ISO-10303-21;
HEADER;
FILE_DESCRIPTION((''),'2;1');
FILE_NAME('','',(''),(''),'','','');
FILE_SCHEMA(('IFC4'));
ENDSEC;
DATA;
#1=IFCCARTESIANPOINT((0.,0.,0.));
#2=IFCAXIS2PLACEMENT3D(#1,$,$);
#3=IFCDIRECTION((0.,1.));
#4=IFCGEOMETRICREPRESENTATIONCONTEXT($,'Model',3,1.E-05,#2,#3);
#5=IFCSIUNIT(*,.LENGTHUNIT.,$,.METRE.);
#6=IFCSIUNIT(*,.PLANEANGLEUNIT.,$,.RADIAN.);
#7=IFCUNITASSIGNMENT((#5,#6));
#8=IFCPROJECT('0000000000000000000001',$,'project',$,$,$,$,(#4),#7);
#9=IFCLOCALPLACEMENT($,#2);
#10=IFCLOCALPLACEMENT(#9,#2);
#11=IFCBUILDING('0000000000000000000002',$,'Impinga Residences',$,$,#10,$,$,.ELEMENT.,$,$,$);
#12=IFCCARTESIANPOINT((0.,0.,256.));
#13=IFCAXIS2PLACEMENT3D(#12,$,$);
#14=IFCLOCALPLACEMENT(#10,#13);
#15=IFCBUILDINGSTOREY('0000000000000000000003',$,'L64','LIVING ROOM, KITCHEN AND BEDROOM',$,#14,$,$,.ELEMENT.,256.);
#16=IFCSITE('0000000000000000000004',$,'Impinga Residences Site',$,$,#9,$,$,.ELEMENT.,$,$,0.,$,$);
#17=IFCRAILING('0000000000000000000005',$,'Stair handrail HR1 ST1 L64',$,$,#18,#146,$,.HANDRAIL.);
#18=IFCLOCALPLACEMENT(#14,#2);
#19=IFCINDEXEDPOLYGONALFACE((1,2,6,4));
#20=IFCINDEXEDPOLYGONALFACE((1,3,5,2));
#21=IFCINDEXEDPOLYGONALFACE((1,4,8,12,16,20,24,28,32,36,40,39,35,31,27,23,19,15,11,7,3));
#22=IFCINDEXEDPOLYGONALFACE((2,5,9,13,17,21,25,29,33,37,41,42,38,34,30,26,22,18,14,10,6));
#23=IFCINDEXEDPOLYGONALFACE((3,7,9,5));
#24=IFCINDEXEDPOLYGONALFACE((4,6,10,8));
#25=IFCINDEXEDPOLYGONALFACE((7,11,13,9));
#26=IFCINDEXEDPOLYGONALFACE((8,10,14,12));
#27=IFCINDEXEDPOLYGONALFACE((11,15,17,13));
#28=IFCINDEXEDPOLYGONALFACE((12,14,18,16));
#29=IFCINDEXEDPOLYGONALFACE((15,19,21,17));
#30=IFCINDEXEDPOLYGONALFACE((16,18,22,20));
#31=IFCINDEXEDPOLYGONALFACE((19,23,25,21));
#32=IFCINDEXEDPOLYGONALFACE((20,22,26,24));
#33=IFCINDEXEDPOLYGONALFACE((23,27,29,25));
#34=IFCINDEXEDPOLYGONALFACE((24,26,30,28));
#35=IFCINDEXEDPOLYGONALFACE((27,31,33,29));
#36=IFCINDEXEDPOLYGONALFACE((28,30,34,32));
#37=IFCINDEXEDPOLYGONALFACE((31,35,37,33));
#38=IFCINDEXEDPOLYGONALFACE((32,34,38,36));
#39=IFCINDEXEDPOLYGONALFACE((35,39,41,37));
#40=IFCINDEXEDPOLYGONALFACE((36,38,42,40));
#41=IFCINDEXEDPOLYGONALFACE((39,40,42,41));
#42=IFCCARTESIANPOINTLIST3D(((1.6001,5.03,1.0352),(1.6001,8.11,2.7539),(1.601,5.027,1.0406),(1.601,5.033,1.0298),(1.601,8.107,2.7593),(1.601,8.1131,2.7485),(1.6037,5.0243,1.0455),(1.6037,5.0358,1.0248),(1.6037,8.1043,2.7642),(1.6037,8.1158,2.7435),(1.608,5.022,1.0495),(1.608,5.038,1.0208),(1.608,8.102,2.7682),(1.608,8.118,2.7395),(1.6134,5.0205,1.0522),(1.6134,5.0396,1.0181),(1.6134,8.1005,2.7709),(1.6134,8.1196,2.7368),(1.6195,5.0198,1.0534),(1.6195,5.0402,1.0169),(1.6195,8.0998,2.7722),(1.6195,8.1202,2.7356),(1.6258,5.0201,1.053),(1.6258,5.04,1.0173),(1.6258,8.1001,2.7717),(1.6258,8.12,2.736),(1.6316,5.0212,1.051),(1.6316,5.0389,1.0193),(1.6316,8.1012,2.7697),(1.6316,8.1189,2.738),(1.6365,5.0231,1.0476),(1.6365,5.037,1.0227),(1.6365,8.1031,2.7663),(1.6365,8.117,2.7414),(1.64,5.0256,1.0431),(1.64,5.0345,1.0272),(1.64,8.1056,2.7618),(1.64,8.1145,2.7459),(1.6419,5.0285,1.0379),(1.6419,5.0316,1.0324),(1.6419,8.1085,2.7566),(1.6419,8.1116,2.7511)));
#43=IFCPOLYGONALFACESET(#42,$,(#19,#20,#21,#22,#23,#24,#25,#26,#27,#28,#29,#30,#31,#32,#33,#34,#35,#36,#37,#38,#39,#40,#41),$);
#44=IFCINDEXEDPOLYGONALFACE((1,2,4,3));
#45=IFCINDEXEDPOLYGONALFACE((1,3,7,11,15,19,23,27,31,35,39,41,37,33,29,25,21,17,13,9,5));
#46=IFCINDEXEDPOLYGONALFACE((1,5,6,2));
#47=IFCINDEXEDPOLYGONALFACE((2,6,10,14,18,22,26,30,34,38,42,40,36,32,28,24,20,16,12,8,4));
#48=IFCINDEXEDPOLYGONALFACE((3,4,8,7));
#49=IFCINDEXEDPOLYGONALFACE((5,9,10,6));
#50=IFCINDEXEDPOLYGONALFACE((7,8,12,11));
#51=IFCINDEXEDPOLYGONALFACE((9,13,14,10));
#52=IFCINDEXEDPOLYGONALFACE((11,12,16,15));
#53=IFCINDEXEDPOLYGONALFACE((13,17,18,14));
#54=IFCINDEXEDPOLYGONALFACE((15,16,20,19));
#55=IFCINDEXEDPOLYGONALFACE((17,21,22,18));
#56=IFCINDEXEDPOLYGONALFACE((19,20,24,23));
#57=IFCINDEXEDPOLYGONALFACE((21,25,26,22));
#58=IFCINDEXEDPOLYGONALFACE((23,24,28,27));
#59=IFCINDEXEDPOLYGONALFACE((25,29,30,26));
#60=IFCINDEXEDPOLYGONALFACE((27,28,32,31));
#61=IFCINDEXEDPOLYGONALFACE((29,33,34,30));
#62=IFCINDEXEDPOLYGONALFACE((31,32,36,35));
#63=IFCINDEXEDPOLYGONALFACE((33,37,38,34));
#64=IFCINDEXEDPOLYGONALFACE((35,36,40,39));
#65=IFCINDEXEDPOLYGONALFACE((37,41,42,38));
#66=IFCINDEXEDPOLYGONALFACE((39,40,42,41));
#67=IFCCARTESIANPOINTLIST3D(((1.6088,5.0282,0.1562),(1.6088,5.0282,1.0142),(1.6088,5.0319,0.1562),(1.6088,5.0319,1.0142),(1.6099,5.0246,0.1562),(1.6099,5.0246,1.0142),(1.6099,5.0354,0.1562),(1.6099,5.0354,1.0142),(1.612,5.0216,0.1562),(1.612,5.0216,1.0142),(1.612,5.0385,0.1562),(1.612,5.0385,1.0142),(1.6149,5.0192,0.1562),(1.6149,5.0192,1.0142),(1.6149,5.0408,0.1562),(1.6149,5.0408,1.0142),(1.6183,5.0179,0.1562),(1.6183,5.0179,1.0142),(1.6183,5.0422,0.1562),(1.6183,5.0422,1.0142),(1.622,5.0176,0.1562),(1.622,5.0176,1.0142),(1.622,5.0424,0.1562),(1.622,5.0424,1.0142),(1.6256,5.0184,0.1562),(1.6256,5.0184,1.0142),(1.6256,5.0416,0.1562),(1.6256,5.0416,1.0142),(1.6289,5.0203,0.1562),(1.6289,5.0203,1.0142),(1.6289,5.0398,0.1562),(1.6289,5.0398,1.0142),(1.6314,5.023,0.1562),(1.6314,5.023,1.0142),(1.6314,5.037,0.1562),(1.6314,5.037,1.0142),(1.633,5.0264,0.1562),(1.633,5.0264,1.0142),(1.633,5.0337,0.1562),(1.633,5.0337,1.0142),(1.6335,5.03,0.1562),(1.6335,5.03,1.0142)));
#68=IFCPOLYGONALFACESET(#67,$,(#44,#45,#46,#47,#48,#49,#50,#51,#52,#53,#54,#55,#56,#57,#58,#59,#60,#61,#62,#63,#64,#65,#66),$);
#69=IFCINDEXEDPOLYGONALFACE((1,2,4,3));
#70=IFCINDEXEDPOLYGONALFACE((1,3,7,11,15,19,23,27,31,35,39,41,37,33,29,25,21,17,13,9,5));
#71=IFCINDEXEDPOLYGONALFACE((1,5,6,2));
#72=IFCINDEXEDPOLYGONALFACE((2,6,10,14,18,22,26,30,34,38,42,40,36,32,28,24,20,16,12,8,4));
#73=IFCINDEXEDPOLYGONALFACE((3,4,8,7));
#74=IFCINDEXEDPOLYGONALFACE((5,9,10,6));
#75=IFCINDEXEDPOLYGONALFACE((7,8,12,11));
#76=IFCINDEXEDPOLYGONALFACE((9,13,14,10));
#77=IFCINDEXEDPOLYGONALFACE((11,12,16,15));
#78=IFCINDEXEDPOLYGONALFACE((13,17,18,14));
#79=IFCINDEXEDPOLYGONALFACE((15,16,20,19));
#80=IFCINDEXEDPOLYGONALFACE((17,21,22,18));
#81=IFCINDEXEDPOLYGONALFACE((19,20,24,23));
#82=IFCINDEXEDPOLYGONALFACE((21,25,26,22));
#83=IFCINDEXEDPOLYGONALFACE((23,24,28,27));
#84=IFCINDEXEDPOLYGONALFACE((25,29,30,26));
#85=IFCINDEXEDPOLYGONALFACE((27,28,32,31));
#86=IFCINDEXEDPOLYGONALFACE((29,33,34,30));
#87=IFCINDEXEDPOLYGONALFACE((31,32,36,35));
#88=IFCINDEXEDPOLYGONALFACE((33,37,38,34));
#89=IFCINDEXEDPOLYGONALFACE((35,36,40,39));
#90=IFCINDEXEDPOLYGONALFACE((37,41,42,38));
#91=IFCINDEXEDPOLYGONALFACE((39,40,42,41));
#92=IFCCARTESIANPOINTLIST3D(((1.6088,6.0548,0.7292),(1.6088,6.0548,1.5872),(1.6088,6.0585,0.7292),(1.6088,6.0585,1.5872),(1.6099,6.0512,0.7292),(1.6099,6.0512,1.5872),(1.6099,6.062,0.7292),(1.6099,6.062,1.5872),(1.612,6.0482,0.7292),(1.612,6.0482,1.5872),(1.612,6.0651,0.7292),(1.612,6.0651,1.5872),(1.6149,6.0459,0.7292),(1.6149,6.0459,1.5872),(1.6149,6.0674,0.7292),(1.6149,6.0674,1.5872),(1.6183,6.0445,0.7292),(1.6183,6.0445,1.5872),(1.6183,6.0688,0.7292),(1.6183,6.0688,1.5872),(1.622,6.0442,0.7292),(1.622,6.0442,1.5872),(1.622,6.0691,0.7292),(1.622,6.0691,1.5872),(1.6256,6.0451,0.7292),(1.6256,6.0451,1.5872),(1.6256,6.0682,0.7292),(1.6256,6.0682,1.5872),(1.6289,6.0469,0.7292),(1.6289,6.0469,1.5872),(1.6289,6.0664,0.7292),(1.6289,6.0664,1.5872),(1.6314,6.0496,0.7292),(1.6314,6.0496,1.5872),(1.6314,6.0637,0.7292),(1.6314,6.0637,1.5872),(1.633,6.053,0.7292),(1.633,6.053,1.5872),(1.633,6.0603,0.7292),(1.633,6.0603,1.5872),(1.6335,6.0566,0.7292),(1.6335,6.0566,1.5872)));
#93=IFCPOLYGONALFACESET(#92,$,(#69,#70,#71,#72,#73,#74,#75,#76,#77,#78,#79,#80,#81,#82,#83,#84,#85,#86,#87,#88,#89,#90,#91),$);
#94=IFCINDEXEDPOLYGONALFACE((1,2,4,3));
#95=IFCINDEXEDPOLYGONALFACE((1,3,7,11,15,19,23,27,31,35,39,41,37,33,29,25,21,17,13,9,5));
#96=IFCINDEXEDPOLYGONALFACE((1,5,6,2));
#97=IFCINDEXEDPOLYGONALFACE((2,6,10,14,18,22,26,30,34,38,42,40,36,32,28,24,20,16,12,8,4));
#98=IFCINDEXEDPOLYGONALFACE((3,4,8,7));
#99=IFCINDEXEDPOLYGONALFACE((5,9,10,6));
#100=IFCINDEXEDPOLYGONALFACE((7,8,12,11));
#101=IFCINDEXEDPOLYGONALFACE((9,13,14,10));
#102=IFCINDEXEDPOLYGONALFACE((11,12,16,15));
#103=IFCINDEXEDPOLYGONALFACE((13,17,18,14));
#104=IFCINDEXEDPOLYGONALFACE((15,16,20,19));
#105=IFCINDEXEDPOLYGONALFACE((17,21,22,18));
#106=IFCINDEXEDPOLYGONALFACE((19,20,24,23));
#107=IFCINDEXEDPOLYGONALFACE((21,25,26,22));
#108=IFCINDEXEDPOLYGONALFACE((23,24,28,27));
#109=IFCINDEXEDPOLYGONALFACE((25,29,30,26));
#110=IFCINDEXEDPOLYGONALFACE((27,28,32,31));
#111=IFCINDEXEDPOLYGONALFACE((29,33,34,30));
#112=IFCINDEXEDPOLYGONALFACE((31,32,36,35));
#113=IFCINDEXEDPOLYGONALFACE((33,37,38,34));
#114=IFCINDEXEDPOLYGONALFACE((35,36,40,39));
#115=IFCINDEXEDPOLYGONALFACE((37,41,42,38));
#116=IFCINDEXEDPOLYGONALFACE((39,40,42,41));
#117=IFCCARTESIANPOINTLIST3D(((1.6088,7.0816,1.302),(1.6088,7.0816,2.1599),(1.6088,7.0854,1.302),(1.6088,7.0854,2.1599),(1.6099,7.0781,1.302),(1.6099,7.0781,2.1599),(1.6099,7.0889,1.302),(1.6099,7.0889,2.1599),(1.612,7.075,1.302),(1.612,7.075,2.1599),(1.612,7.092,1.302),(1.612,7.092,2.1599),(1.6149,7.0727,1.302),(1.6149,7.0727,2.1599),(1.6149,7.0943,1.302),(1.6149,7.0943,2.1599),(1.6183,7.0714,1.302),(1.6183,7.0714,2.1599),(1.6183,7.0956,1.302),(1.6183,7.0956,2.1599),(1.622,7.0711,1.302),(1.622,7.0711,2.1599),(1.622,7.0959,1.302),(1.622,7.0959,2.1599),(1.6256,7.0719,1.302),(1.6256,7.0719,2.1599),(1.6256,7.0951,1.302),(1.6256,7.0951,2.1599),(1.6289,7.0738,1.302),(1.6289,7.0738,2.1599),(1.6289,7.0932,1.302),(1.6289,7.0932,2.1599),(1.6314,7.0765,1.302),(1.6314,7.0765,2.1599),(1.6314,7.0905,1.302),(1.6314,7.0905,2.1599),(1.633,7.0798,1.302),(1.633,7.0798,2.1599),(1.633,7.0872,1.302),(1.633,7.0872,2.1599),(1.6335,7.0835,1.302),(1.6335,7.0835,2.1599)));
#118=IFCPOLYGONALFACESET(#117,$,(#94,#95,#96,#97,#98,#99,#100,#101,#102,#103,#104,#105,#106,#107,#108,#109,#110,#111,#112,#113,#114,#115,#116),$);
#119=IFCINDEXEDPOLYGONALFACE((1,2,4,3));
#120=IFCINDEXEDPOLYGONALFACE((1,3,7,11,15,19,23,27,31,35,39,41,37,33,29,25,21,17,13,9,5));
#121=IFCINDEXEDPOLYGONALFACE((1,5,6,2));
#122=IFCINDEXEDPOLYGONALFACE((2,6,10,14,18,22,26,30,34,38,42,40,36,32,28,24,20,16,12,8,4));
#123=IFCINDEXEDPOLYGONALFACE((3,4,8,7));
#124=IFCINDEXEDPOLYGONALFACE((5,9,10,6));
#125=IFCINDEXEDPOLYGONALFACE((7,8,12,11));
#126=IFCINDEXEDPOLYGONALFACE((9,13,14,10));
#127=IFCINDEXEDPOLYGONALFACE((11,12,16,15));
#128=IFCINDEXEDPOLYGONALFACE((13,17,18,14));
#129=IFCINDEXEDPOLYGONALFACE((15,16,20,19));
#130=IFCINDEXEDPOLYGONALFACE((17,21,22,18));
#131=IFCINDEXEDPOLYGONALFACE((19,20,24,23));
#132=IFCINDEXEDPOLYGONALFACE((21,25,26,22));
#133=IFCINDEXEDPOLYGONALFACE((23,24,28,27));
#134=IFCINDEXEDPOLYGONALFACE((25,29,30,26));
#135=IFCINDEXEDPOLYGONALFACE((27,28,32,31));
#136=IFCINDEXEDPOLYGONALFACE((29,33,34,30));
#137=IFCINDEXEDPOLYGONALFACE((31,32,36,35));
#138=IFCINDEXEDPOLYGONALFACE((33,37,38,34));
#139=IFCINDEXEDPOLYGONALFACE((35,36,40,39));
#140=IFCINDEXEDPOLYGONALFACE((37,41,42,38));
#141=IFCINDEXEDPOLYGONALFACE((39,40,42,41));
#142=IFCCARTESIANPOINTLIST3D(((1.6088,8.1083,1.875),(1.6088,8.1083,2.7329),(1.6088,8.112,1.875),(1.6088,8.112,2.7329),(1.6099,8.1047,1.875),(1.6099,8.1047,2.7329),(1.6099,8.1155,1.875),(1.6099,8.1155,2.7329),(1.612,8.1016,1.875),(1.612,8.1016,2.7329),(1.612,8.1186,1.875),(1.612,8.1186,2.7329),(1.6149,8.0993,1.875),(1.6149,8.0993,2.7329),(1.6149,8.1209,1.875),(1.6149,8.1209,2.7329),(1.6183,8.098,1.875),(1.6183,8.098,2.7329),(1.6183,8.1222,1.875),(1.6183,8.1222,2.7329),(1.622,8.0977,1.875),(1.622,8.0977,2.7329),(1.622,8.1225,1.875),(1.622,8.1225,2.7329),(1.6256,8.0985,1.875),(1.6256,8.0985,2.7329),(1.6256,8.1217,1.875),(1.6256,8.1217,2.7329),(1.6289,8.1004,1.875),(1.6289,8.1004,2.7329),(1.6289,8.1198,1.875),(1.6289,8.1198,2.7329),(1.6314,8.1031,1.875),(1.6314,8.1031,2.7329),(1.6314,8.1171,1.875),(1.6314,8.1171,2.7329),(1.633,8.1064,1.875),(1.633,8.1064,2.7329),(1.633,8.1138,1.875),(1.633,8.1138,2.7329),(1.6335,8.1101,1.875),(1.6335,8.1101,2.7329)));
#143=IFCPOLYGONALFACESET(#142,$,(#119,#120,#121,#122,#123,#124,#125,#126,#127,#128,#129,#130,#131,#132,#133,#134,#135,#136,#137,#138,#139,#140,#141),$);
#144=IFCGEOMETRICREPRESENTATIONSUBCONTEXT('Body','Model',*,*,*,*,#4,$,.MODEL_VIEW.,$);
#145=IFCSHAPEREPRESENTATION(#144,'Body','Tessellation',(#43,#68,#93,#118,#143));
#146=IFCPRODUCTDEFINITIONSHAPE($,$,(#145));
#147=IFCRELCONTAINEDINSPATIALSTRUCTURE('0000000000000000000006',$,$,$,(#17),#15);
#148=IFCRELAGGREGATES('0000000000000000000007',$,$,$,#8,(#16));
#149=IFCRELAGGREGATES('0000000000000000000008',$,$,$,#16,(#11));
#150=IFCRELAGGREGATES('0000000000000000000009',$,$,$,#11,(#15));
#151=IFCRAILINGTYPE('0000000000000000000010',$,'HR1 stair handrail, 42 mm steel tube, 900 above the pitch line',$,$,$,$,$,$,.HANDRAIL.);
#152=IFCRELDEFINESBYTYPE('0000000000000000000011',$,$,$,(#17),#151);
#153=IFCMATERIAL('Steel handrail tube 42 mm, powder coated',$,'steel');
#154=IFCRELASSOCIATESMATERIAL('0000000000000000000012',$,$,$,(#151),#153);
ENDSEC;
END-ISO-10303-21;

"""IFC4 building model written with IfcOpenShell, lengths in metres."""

from ifc_helpers import new_model, si_unit, direction, frame, origin, origin_2d, place, context, subcontext, project, spatial, circle, extrude, material, type_object, element, save


model = new_model("IFC4")

# Units and contexts
model_context = context("Model", 3, precision=1e-05, world=origin(), true_north=direction((0.0, 1.0)))
body_context = subcontext(model_context, "Body", "Model", "MODEL_VIEW")
ifc_project = project(units=[si_unit("LENGTHUNIT", "METRE"), si_unit("PLANEANGLEUNIT", "RADIAN")], contexts=[model_context])

# Site, building, storey
site_placement = place(None, origin())
site = spatial("IfcSite", under=ifc_project, at=site_placement, Name="Impinga Residences Site", CompositionType="ELEMENT", RefElevation=0.0)
building_placement = place(site_placement, origin())
building = spatial("IfcBuilding", under=site, at=building_placement, Name="Impinga Residences", CompositionType="ELEMENT")
storey_placement = place(building_placement, frame((0.0, 0.0, 256.0)))
storey = spatial("IfcBuildingStorey", under=building, at=storey_placement, Name="L64", Description="LIVING ROOM, KITCHEN AND BEDROOM", CompositionType="ELEMENT", Elevation=256.0)

# Railing
ifc_material_1 = material(Name="Steel handrail tube 42 mm, powder coated", Category="steel")
railing_type_1 = type_object("IfcRailingType", Name="HR1 stair handrail, 42 mm steel tube, 900 above the pitch line", PredefinedType="HANDRAIL", material=ifc_material_1)
railing_1_placement = place(storey_placement, frame((1.6211, 5.03, 0.1562)))
element("IfcRailing", 1, at=railing_1_placement, inside=storey, type_object=railing_type_1, Name="Stair handrail HR1 ST1 L64", PredefinedType="HANDRAIL", context=body_context, shape_type="SweptSolid", body=[
    extrude(circle(Radius=0.021, at=origin_2d()), frame((0.0, 0.0, 0.8789), z_axis=(0.0, 0.873242, 0.487288), x_axis=(-1.0, 0.0, 0.0)), (0.0, 0.0, 1.0), 3.5271),
    extrude(circle(Radius=0.0125, at=origin_2d()), origin(), (0.0, 0.0, 1.0), 0.8579),
    extrude(circle(Radius=0.0125, at=origin_2d()), frame((0.0, 1.0266, 0.573)), (0.0, 0.0, 1.0), 0.8579),
    extrude(circle(Radius=0.0125, at=origin_2d()), frame((0.0, 2.0535, 1.1458)), (0.0, 0.0, 1.0), 0.8579),
    extrude(circle(Radius=0.0125, at=origin_2d()), frame((0.0, 3.0801, 1.7188)), (0.0, 0.0, 1.0), 0.8579),
])

save(model, "model.ifc")
